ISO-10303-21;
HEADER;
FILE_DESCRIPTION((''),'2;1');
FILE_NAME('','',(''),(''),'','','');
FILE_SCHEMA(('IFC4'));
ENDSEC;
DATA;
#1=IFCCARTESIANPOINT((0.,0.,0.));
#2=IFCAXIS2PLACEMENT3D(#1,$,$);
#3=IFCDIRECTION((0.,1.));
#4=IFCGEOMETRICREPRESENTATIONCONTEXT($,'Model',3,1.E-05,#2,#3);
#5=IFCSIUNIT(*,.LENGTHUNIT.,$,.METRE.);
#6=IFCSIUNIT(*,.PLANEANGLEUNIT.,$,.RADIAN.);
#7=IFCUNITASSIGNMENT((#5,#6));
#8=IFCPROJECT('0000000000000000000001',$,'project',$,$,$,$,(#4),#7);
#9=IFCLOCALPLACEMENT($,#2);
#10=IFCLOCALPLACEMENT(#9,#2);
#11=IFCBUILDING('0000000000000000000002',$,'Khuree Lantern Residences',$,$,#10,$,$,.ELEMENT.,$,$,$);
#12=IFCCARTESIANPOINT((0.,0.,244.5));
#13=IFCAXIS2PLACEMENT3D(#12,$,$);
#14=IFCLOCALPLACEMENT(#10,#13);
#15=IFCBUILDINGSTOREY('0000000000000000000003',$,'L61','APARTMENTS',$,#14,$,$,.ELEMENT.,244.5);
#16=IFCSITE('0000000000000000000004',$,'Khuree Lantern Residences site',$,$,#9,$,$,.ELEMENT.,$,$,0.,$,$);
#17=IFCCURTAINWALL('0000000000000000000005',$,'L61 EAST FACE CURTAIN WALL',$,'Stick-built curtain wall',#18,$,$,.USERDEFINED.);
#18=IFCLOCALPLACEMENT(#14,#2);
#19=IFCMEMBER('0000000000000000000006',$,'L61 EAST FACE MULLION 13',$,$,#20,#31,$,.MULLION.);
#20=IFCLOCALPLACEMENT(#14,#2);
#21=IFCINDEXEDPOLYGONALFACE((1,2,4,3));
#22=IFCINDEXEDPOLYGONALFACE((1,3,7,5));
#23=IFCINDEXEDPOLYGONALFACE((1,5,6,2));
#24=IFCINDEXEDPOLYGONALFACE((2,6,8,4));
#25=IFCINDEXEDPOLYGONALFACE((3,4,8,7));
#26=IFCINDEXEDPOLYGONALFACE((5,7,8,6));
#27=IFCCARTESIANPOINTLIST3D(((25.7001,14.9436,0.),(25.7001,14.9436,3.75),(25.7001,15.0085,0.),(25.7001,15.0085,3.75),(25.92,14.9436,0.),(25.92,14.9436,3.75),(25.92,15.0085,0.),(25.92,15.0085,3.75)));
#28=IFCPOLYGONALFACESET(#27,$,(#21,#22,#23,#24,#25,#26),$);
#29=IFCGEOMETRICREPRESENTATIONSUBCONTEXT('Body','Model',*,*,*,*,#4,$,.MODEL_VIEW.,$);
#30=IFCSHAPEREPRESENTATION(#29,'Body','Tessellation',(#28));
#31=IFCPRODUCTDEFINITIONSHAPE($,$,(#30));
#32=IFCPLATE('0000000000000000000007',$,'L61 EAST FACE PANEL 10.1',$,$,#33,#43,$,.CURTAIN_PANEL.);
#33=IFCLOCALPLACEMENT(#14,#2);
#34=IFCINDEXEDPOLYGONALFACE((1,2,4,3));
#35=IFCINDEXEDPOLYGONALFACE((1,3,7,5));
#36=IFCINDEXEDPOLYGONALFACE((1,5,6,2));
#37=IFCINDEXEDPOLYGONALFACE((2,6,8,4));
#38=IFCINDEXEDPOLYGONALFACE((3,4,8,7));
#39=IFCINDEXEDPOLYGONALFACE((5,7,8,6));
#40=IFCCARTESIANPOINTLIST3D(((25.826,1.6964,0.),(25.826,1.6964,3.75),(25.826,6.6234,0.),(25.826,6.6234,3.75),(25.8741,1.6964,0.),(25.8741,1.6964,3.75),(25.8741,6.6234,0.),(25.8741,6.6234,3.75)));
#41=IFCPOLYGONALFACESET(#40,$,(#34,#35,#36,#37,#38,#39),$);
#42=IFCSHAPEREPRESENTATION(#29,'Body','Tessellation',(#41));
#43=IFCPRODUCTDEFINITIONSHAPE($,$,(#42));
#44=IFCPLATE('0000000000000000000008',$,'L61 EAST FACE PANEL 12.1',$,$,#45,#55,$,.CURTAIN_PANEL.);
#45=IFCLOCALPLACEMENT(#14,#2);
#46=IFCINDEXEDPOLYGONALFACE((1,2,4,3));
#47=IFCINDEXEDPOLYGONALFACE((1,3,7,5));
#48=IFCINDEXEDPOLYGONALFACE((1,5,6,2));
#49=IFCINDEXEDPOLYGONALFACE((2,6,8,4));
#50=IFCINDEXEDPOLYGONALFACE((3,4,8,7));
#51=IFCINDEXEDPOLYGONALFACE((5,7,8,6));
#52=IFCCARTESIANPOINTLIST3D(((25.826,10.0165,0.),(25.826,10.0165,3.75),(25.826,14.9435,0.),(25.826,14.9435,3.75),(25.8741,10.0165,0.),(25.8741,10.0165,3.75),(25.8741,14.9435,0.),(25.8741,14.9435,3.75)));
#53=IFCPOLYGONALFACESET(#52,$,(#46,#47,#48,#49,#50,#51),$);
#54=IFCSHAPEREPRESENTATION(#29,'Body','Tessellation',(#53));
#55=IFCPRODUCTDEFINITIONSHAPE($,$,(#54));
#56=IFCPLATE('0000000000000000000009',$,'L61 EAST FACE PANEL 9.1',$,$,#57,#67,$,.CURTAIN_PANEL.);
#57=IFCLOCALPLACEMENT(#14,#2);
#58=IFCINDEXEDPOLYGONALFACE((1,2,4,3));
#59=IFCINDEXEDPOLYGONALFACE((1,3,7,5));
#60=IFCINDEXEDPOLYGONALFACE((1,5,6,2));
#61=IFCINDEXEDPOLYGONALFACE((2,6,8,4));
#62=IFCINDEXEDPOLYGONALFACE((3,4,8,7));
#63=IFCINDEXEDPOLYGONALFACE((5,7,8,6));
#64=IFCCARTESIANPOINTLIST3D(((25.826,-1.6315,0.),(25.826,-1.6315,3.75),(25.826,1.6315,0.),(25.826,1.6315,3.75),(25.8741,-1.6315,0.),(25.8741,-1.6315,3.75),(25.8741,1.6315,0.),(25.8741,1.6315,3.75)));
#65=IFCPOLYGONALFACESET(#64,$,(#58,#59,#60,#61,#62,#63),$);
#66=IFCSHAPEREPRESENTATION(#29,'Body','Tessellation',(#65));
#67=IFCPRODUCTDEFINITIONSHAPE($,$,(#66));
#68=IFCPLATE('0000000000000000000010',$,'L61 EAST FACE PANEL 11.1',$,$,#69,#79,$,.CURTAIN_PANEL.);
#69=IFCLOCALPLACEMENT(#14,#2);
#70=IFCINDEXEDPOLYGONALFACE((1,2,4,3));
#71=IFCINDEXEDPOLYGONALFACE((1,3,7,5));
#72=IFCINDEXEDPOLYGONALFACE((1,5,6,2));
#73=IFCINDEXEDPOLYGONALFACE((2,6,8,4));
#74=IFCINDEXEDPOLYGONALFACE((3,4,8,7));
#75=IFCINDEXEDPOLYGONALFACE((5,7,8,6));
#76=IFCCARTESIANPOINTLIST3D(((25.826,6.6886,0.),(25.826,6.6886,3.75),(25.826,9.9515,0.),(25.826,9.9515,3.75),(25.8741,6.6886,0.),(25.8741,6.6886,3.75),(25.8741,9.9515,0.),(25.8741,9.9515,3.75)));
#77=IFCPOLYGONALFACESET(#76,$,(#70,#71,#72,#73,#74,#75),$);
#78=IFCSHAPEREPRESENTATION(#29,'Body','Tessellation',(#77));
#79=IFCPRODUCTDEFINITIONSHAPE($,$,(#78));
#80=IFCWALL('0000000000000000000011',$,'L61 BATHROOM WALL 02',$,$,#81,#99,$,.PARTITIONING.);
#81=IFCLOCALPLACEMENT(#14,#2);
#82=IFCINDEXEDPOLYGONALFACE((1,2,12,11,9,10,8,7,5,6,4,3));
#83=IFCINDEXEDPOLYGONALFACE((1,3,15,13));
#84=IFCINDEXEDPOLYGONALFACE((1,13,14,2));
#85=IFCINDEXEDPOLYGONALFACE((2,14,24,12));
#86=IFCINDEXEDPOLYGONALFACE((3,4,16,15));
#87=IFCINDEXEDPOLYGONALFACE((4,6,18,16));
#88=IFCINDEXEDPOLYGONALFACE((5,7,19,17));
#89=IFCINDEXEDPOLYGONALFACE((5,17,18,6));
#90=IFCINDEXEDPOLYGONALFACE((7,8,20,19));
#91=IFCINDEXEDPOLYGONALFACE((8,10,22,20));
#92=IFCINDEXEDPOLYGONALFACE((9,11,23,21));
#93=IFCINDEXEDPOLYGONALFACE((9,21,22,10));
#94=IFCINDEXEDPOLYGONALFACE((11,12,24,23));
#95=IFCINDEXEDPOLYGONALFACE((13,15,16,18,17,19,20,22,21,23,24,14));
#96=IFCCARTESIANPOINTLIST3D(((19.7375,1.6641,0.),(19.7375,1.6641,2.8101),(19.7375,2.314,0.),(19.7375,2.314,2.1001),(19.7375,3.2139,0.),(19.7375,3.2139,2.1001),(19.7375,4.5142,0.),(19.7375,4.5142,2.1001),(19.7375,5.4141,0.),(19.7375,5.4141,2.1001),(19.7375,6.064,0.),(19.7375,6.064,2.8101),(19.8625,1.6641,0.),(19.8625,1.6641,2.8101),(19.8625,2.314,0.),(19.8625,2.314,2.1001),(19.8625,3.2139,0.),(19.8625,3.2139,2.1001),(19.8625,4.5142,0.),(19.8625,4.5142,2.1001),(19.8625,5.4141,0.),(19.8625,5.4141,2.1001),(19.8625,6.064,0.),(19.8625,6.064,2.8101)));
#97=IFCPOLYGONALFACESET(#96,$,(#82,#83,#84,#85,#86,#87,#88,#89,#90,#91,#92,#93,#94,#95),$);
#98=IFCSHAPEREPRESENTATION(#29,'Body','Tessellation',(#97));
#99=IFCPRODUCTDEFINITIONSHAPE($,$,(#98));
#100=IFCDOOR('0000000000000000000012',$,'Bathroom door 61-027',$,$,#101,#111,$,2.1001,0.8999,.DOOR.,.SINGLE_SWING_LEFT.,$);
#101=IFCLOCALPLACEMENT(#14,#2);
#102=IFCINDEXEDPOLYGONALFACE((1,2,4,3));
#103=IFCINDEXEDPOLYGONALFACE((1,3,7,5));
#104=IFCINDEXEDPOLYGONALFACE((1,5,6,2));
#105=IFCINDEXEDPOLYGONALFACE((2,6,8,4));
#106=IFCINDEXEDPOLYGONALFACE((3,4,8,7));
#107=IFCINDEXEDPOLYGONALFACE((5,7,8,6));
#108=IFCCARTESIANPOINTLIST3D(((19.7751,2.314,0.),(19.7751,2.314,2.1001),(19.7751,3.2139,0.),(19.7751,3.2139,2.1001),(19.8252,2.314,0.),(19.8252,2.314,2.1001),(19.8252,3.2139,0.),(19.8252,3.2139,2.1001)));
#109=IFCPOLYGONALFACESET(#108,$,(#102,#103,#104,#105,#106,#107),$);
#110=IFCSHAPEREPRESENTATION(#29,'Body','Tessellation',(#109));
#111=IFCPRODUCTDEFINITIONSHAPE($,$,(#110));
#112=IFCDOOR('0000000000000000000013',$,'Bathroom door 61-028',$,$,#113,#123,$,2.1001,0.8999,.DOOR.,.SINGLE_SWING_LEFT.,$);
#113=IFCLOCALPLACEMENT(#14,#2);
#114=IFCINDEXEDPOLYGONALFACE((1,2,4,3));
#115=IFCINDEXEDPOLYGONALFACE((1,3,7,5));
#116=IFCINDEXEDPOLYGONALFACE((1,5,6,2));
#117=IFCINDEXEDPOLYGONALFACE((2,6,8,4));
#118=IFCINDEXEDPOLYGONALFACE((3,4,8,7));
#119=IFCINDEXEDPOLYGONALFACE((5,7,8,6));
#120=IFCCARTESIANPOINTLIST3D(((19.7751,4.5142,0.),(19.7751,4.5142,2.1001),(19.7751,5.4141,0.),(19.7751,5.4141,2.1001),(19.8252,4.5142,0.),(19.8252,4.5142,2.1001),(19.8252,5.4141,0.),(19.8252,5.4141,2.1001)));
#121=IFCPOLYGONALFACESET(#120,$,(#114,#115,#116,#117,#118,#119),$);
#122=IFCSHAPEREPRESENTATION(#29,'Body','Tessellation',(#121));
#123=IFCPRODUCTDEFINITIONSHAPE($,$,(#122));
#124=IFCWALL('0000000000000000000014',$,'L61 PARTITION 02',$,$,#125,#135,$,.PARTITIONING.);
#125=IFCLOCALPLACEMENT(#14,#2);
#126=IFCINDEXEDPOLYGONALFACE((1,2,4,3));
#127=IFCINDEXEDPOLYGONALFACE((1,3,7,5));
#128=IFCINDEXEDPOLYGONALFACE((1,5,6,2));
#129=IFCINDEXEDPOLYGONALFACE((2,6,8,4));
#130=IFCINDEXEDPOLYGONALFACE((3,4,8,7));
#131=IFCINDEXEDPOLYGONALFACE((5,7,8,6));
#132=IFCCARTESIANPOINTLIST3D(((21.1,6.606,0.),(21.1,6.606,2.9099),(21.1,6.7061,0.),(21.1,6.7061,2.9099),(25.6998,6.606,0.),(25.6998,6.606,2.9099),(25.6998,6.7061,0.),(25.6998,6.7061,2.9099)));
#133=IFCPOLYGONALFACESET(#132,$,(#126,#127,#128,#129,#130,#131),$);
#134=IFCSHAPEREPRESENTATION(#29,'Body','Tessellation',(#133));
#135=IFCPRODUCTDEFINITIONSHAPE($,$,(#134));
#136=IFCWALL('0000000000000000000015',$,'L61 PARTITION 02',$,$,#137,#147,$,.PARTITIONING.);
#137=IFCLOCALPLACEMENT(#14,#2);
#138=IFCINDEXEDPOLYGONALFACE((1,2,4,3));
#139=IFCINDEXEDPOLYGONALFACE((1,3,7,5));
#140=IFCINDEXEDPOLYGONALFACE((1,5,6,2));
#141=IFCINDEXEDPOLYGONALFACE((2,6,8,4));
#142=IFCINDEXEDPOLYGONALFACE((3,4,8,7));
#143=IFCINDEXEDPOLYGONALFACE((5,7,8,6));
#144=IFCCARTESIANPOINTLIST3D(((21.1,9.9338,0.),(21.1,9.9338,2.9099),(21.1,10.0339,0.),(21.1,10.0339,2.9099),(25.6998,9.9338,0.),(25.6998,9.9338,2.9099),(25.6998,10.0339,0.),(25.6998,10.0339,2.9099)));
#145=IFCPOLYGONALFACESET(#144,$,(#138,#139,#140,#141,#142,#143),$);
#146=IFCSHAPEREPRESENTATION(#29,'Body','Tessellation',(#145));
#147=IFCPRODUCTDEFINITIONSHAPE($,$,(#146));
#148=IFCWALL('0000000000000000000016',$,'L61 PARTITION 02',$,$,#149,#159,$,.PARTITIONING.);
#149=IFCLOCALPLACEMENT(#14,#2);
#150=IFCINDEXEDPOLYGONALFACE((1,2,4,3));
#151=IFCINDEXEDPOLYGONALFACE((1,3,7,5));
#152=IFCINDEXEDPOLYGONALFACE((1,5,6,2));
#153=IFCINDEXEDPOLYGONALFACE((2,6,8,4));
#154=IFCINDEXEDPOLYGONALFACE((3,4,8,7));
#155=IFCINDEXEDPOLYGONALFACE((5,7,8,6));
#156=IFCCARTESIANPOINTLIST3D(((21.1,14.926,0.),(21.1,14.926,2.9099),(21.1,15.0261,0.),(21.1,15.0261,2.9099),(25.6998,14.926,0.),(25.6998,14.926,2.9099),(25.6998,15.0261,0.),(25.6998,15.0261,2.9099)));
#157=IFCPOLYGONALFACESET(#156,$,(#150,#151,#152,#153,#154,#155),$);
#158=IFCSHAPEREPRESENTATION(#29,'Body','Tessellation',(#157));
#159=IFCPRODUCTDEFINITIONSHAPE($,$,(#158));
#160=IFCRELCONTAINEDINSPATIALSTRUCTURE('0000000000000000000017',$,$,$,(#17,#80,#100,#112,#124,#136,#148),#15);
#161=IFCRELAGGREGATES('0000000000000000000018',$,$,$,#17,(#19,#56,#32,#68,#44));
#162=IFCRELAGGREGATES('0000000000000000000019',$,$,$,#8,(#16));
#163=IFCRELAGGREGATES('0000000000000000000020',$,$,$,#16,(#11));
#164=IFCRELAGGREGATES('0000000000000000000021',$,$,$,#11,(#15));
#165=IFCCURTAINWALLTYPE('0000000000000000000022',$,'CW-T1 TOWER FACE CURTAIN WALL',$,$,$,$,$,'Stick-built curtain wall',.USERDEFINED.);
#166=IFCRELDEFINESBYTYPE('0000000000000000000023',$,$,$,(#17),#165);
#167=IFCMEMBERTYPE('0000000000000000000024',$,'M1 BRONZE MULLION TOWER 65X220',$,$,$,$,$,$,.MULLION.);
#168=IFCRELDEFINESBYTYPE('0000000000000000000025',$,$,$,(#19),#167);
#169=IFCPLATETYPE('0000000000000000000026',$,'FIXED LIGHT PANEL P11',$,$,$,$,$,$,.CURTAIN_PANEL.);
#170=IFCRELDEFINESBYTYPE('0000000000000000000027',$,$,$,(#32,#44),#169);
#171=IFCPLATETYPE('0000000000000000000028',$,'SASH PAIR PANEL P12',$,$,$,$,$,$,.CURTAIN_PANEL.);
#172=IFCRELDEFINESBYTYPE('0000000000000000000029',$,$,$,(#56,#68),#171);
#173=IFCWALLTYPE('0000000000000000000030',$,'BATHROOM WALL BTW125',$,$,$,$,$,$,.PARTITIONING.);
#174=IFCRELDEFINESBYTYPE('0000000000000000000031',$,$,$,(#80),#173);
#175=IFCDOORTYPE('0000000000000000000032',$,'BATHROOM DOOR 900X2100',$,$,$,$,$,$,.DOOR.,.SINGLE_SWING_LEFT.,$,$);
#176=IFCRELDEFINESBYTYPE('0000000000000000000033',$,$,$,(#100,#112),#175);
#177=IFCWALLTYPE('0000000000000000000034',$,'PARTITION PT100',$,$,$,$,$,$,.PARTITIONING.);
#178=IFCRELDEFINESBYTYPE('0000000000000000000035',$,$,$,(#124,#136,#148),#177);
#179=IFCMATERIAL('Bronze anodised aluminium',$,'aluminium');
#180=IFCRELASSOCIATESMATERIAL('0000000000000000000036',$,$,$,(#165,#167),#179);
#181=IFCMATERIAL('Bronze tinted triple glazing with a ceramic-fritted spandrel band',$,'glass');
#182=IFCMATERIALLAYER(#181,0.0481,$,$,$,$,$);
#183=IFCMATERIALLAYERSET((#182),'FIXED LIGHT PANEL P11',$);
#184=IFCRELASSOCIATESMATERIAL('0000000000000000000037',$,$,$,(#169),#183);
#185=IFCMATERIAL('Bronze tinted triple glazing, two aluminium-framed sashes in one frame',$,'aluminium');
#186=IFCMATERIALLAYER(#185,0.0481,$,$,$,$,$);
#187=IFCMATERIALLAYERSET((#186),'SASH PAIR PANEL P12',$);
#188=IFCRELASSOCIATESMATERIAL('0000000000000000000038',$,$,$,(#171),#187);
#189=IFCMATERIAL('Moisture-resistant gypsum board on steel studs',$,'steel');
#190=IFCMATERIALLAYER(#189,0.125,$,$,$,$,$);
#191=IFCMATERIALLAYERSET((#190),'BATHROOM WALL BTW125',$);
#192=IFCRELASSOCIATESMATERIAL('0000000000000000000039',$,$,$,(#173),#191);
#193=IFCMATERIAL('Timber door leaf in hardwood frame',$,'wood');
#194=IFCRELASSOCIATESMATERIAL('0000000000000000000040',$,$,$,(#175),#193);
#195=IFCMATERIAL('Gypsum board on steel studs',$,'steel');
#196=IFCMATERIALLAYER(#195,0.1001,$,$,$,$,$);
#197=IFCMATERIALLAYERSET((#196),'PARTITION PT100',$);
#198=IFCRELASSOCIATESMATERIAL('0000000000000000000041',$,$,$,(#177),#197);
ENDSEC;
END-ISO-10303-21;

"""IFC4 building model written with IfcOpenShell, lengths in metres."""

from ifc_helpers import new_model, si_unit, direction, frame, frame_2d, origin, origin_2d, place, context, subcontext, project, spatial, rectangle, extrude, material, layer, layer_set, material_profile, profile_set, type_object, element, fill, aggregate, save


model = new_model("IFC4")

# Units and contexts
model_context = context("Model", 3, precision=1e-05, world=origin(), true_north=direction((0.0, 1.0)))
body_context = subcontext(model_context, "Body", "Model", "MODEL_VIEW")
ifc_project = project(units=[si_unit("LENGTHUNIT", "METRE"), si_unit("PLANEANGLEUNIT", "RADIAN")], contexts=[model_context])

# Site, building, storey
site_placement = place(None, origin())
site = spatial("IfcSite", under=ifc_project, at=site_placement, Name="Khuree Lantern Residences site", CompositionType="ELEMENT", RefElevation=0.0)
building_placement = place(site_placement, origin())
building = spatial("IfcBuilding", under=site, at=building_placement, Name="Khuree Lantern Residences", CompositionType="ELEMENT")
storey_placement = place(building_placement, frame((0.0, 0.0, 244.5)))
storey = spatial("IfcBuildingStorey", under=building, at=storey_placement, Name="L61", Description="APARTMENTS", CompositionType="ELEMENT", Elevation=244.5)

# Curtain wall
ifc_material_1 = material(Name="Bronze anodised aluminium", Category="aluminium")
curtain_wall_type = type_object("IfcCurtainWallType", Name="CW-T1 TOWER FACE CURTAIN WALL", ElementType="Stick-built curtain wall", PredefinedType="USERDEFINED", material=ifc_material_1)
curtain_wall_placement = place(storey_placement, origin())
curtain_wall = element("IfcCurtainWall", 1, at=curtain_wall_placement, inside=storey, type_object=curtain_wall_type, Name="L61 EAST FACE CURTAIN WALL", ObjectType="Stick-built curtain wall", PredefinedType="USERDEFINED")

# Member
ifc_material_profile_1 = material_profile(ifc_material_1, rectangle(XDim=0.0649, YDim=0.22, at=origin_2d()), Name="M1 65X220")
ifc_profile_set_1 = profile_set([ifc_material_profile_1], Name="Bronze anodised aluminium")
member_type_1 = type_object("IfcMemberType", Name="M1 BRONZE MULLION TOWER 65X220", PredefinedType="MULLION", material=ifc_profile_set_1)
member_1_placement = place(storey_placement, frame((25.8101, 14.9761, 0.0), z_axis=(0.0, 0.0, 1.0), x_axis=(0.0, 1.0, 0.0)))
member_1 = element("IfcMember", 2, at=member_1_placement, type_object=member_type_1, Name="L61 EAST FACE MULLION 13", PredefinedType="MULLION", context=body_context, shape_type="SweptSolid", body=[
    extrude(rectangle(XDim=0.0649, YDim=0.22, at=origin_2d()), origin(), (0.0, 0.0, 1.0), 3.75),
])

# Plates
ifc_material_2 = material(Name="Bronze tinted triple glazing with a ceramic-fritted spandrel band", Category="glass")
ifc_layer_1 = layer(ifc_material_2, 0.0481)
ifc_layer_set_1 = layer_set([ifc_layer_1], Name="FIXED LIGHT PANEL P11")
plate_type_1 = type_object("IfcPlateType", Name="FIXED LIGHT PANEL P11", PredefinedType="CURTAIN_PANEL", material=ifc_layer_set_1)
plate_1_placement = place(storey_placement, frame((25.8501, 4.1599, 0.0), z_axis=(0.0, 0.0, 1.0), x_axis=(0.0, 1.0, 0.0)))
plate_1 = element("IfcPlate", 3, at=plate_1_placement, type_object=plate_type_1, Name="L61 EAST FACE PANEL 10.1", PredefinedType="CURTAIN_PANEL", context=body_context, shape_type="SweptSolid", body=[
    extrude(rectangle(XDim=4.927, YDim=0.0481, at=origin_2d()), origin(), (0.0, 0.0, 1.0), 3.75),
])
plate_2_placement = place(storey_placement, frame((25.8501, 12.48, 0.0), z_axis=(0.0, 0.0, 1.0), x_axis=(0.0, 1.0, 0.0)))
plate_2 = element("IfcPlate", 4, at=plate_2_placement, type_object=plate_type_1, Name="L61 EAST FACE PANEL 12.1", PredefinedType="CURTAIN_PANEL", context=body_context, shape_type="SweptSolid", body=[
    extrude(rectangle(XDim=4.927, YDim=0.0481, at=origin_2d()), origin(), (0.0, 0.0, 1.0), 3.75),
])
ifc_material_3 = material(Name="Bronze tinted triple glazing, two aluminium-framed sashes in one frame", Category="aluminium")
ifc_layer_2 = layer(ifc_material_3, 0.0481)
ifc_layer_set_2 = layer_set([ifc_layer_2], Name="SASH PAIR PANEL P12")
plate_type_2 = type_object("IfcPlateType", Name="SASH PAIR PANEL P12", PredefinedType="CURTAIN_PANEL", material=ifc_layer_set_2)
plate_3_placement = place(storey_placement, frame((25.8501, 0.0, 0.0), z_axis=(0.0, 0.0, 1.0), x_axis=(0.0, 1.0, 0.0)))
plate_3 = element("IfcPlate", 5, at=plate_3_placement, type_object=plate_type_2, Name="L61 EAST FACE PANEL 9.1", PredefinedType="CURTAIN_PANEL", context=body_context, shape_type="SweptSolid", body=[
    extrude(rectangle(XDim=3.2629, YDim=0.0481, at=origin_2d()), origin(), (0.0, 0.0, 1.0), 3.75),
])
plate_4_placement = place(storey_placement, frame((25.8501, 8.3201, 0.0), z_axis=(0.0, 0.0, 1.0), x_axis=(0.0, 1.0, 0.0)))
plate_4 = element("IfcPlate", 6, at=plate_4_placement, type_object=plate_type_2, Name="L61 EAST FACE PANEL 11.1", PredefinedType="CURTAIN_PANEL", context=body_context, shape_type="SweptSolid", body=[
    extrude(rectangle(XDim=3.2629, YDim=0.0481, at=origin_2d()), origin(), (0.0, 0.0, 1.0), 3.75),
])
aggregate(curtain_wall, [member_1, plate_3, plate_1, plate_4, plate_2])

# Wall, openings, doors
ifc_material_4 = material(Name="Moisture-resistant gypsum board on steel studs", Category="steel")
ifc_layer_3 = layer(ifc_material_4, 0.125)
ifc_layer_set_3 = layer_set([ifc_layer_3], Name="BATHROOM WALL BTW125")
wall_type_1 = type_object("IfcWallType", Name="BATHROOM WALL BTW125", PredefinedType="PARTITIONING", material=ifc_layer_set_3)
wall_1_placement = place(storey_placement, frame((19.8, 1.6641, 0.0), z_axis=(0.0, 0.0, 1.0), x_axis=(0.0, 1.0, 0.0)))
wall_1 = element("IfcWall", 7, at=wall_1_placement, inside=storey, type_object=wall_type_1, Name="L61 BATHROOM WALL 02", PredefinedType="PARTITIONING", context=body_context, shape_type="SweptSolid", body=[
    extrude(rectangle(XDim=4.3999, YDim=0.125, at=frame_2d((2.2, 0.0))), origin(), (0.0, 0.0, 1.0), 2.8101),
])
opening_1_placement = place(wall_1_placement, frame((0.6499, 0.0, 0.0)))
opening_1 = element("IfcOpeningElement", 8, at=opening_1_placement, cuts=wall_1, PredefinedType="OPENING", context=body_context, shape_type="SweptSolid", body=[
    extrude(rectangle(XDim=0.8999, YDim=2.1001, at=frame_2d((0.45, 1.05))), frame((0.0, 0.0725, 0.0), z_axis=(0.0, -1.0, 0.0), x_axis=(1.0, 0.0, 0.0)), (0.0, 0.0, 1.0), 0.145),
])
opening_2_placement = place(wall_1_placement, frame((2.8501, 0.0, 0.0)))
opening_2 = element("IfcOpeningElement", 9, at=opening_2_placement, cuts=wall_1, PredefinedType="OPENING", context=body_context, shape_type="SweptSolid", body=[
    extrude(rectangle(XDim=0.8999, YDim=2.1001, at=frame_2d((0.45, 1.05))), frame((0.0, 0.0725, 0.0), z_axis=(0.0, -1.0, 0.0), x_axis=(1.0, 0.0, 0.0)), (0.0, 0.0, 1.0), 0.145),
])
ifc_material_5 = material(Name="Timber door leaf in hardwood frame", Category="wood")
door_type_1 = type_object("IfcDoorType", Name="BATHROOM DOOR 900X2100", OperationType="SINGLE_SWING_LEFT", PredefinedType="DOOR", material=ifc_material_5)
door_1_placement = place(opening_1_placement, origin())
door_1 = element("IfcDoor", 10, at=door_1_placement, inside=storey, type_object=door_type_1, Name="Bathroom door 61-027", OperationType="SINGLE_SWING_LEFT", OverallHeight=2.1001, OverallWidth=0.8999, PredefinedType="DOOR", context=body_context, shape_type="SweptSolid", body=[
    extrude(rectangle(XDim=0.8999, YDim=2.1001, at=frame_2d((0.45, 1.05))), frame((0.0, 0.0249, 0.0), z_axis=(0.0, -1.0, 0.0), x_axis=(1.0, 0.0, 0.0)), (0.0, 0.0, 1.0), 0.05),
])
fill(opening_1, door_1)
door_2_placement = place(opening_2_placement, origin())
door_2 = element("IfcDoor", 11, at=door_2_placement, inside=storey, type_object=door_type_1, Name="Bathroom door 61-028", OperationType="SINGLE_SWING_LEFT", OverallHeight=2.1001, OverallWidth=0.8999, PredefinedType="DOOR", context=body_context, shape_type="SweptSolid", body=[
    extrude(rectangle(XDim=0.8999, YDim=2.1001, at=frame_2d((0.45, 1.05))), frame((0.0, 0.0249, 0.0), z_axis=(0.0, -1.0, 0.0), x_axis=(1.0, 0.0, 0.0)), (0.0, 0.0, 1.0), 0.05),
])
fill(opening_2, door_2)

# Walls
ifc_material_6 = material(Name="Gypsum board on steel studs", Category="steel")
ifc_layer_4 = layer(ifc_material_6, 0.1001)
ifc_layer_set_4 = layer_set([ifc_layer_4], Name="PARTITION PT100")
wall_type_2 = type_object("IfcWallType", Name="PARTITION PT100", PredefinedType="PARTITIONING", material=ifc_layer_set_4)
for number, where, z_axis, x_axis, name in (
    (12, (21.1001, 6.656, 0.0), (0.0, 0.0, 1.0), (1.0, 0.0, 0.0), "L61 PARTITION 02"),
    (13, (21.1001, 9.9839, 0.0), (0.0, 0.0, 1.0), (1.0, 0.0, 0.0), "L61 PARTITION 02"),
    (14, (21.1001, 14.9761, 0.0), (0.0, 0.0, 1.0), (1.0, 0.0, 0.0), "L61 PARTITION 02"),
):
    element("IfcWall", number, at=place(storey_placement, frame(where, z_axis=z_axis, x_axis=x_axis)), inside=storey, type_object=wall_type_2, Name=name, PredefinedType="PARTITIONING", context=body_context, shape_type="SweptSolid", body=[
        extrude(rectangle(XDim=4.5999, YDim=0.1001, at=frame_2d((2.2998, 0.0))), origin(), (0.0, 0.0, 1.0), 2.9099),
    ])

save(model, "model.ifc")
